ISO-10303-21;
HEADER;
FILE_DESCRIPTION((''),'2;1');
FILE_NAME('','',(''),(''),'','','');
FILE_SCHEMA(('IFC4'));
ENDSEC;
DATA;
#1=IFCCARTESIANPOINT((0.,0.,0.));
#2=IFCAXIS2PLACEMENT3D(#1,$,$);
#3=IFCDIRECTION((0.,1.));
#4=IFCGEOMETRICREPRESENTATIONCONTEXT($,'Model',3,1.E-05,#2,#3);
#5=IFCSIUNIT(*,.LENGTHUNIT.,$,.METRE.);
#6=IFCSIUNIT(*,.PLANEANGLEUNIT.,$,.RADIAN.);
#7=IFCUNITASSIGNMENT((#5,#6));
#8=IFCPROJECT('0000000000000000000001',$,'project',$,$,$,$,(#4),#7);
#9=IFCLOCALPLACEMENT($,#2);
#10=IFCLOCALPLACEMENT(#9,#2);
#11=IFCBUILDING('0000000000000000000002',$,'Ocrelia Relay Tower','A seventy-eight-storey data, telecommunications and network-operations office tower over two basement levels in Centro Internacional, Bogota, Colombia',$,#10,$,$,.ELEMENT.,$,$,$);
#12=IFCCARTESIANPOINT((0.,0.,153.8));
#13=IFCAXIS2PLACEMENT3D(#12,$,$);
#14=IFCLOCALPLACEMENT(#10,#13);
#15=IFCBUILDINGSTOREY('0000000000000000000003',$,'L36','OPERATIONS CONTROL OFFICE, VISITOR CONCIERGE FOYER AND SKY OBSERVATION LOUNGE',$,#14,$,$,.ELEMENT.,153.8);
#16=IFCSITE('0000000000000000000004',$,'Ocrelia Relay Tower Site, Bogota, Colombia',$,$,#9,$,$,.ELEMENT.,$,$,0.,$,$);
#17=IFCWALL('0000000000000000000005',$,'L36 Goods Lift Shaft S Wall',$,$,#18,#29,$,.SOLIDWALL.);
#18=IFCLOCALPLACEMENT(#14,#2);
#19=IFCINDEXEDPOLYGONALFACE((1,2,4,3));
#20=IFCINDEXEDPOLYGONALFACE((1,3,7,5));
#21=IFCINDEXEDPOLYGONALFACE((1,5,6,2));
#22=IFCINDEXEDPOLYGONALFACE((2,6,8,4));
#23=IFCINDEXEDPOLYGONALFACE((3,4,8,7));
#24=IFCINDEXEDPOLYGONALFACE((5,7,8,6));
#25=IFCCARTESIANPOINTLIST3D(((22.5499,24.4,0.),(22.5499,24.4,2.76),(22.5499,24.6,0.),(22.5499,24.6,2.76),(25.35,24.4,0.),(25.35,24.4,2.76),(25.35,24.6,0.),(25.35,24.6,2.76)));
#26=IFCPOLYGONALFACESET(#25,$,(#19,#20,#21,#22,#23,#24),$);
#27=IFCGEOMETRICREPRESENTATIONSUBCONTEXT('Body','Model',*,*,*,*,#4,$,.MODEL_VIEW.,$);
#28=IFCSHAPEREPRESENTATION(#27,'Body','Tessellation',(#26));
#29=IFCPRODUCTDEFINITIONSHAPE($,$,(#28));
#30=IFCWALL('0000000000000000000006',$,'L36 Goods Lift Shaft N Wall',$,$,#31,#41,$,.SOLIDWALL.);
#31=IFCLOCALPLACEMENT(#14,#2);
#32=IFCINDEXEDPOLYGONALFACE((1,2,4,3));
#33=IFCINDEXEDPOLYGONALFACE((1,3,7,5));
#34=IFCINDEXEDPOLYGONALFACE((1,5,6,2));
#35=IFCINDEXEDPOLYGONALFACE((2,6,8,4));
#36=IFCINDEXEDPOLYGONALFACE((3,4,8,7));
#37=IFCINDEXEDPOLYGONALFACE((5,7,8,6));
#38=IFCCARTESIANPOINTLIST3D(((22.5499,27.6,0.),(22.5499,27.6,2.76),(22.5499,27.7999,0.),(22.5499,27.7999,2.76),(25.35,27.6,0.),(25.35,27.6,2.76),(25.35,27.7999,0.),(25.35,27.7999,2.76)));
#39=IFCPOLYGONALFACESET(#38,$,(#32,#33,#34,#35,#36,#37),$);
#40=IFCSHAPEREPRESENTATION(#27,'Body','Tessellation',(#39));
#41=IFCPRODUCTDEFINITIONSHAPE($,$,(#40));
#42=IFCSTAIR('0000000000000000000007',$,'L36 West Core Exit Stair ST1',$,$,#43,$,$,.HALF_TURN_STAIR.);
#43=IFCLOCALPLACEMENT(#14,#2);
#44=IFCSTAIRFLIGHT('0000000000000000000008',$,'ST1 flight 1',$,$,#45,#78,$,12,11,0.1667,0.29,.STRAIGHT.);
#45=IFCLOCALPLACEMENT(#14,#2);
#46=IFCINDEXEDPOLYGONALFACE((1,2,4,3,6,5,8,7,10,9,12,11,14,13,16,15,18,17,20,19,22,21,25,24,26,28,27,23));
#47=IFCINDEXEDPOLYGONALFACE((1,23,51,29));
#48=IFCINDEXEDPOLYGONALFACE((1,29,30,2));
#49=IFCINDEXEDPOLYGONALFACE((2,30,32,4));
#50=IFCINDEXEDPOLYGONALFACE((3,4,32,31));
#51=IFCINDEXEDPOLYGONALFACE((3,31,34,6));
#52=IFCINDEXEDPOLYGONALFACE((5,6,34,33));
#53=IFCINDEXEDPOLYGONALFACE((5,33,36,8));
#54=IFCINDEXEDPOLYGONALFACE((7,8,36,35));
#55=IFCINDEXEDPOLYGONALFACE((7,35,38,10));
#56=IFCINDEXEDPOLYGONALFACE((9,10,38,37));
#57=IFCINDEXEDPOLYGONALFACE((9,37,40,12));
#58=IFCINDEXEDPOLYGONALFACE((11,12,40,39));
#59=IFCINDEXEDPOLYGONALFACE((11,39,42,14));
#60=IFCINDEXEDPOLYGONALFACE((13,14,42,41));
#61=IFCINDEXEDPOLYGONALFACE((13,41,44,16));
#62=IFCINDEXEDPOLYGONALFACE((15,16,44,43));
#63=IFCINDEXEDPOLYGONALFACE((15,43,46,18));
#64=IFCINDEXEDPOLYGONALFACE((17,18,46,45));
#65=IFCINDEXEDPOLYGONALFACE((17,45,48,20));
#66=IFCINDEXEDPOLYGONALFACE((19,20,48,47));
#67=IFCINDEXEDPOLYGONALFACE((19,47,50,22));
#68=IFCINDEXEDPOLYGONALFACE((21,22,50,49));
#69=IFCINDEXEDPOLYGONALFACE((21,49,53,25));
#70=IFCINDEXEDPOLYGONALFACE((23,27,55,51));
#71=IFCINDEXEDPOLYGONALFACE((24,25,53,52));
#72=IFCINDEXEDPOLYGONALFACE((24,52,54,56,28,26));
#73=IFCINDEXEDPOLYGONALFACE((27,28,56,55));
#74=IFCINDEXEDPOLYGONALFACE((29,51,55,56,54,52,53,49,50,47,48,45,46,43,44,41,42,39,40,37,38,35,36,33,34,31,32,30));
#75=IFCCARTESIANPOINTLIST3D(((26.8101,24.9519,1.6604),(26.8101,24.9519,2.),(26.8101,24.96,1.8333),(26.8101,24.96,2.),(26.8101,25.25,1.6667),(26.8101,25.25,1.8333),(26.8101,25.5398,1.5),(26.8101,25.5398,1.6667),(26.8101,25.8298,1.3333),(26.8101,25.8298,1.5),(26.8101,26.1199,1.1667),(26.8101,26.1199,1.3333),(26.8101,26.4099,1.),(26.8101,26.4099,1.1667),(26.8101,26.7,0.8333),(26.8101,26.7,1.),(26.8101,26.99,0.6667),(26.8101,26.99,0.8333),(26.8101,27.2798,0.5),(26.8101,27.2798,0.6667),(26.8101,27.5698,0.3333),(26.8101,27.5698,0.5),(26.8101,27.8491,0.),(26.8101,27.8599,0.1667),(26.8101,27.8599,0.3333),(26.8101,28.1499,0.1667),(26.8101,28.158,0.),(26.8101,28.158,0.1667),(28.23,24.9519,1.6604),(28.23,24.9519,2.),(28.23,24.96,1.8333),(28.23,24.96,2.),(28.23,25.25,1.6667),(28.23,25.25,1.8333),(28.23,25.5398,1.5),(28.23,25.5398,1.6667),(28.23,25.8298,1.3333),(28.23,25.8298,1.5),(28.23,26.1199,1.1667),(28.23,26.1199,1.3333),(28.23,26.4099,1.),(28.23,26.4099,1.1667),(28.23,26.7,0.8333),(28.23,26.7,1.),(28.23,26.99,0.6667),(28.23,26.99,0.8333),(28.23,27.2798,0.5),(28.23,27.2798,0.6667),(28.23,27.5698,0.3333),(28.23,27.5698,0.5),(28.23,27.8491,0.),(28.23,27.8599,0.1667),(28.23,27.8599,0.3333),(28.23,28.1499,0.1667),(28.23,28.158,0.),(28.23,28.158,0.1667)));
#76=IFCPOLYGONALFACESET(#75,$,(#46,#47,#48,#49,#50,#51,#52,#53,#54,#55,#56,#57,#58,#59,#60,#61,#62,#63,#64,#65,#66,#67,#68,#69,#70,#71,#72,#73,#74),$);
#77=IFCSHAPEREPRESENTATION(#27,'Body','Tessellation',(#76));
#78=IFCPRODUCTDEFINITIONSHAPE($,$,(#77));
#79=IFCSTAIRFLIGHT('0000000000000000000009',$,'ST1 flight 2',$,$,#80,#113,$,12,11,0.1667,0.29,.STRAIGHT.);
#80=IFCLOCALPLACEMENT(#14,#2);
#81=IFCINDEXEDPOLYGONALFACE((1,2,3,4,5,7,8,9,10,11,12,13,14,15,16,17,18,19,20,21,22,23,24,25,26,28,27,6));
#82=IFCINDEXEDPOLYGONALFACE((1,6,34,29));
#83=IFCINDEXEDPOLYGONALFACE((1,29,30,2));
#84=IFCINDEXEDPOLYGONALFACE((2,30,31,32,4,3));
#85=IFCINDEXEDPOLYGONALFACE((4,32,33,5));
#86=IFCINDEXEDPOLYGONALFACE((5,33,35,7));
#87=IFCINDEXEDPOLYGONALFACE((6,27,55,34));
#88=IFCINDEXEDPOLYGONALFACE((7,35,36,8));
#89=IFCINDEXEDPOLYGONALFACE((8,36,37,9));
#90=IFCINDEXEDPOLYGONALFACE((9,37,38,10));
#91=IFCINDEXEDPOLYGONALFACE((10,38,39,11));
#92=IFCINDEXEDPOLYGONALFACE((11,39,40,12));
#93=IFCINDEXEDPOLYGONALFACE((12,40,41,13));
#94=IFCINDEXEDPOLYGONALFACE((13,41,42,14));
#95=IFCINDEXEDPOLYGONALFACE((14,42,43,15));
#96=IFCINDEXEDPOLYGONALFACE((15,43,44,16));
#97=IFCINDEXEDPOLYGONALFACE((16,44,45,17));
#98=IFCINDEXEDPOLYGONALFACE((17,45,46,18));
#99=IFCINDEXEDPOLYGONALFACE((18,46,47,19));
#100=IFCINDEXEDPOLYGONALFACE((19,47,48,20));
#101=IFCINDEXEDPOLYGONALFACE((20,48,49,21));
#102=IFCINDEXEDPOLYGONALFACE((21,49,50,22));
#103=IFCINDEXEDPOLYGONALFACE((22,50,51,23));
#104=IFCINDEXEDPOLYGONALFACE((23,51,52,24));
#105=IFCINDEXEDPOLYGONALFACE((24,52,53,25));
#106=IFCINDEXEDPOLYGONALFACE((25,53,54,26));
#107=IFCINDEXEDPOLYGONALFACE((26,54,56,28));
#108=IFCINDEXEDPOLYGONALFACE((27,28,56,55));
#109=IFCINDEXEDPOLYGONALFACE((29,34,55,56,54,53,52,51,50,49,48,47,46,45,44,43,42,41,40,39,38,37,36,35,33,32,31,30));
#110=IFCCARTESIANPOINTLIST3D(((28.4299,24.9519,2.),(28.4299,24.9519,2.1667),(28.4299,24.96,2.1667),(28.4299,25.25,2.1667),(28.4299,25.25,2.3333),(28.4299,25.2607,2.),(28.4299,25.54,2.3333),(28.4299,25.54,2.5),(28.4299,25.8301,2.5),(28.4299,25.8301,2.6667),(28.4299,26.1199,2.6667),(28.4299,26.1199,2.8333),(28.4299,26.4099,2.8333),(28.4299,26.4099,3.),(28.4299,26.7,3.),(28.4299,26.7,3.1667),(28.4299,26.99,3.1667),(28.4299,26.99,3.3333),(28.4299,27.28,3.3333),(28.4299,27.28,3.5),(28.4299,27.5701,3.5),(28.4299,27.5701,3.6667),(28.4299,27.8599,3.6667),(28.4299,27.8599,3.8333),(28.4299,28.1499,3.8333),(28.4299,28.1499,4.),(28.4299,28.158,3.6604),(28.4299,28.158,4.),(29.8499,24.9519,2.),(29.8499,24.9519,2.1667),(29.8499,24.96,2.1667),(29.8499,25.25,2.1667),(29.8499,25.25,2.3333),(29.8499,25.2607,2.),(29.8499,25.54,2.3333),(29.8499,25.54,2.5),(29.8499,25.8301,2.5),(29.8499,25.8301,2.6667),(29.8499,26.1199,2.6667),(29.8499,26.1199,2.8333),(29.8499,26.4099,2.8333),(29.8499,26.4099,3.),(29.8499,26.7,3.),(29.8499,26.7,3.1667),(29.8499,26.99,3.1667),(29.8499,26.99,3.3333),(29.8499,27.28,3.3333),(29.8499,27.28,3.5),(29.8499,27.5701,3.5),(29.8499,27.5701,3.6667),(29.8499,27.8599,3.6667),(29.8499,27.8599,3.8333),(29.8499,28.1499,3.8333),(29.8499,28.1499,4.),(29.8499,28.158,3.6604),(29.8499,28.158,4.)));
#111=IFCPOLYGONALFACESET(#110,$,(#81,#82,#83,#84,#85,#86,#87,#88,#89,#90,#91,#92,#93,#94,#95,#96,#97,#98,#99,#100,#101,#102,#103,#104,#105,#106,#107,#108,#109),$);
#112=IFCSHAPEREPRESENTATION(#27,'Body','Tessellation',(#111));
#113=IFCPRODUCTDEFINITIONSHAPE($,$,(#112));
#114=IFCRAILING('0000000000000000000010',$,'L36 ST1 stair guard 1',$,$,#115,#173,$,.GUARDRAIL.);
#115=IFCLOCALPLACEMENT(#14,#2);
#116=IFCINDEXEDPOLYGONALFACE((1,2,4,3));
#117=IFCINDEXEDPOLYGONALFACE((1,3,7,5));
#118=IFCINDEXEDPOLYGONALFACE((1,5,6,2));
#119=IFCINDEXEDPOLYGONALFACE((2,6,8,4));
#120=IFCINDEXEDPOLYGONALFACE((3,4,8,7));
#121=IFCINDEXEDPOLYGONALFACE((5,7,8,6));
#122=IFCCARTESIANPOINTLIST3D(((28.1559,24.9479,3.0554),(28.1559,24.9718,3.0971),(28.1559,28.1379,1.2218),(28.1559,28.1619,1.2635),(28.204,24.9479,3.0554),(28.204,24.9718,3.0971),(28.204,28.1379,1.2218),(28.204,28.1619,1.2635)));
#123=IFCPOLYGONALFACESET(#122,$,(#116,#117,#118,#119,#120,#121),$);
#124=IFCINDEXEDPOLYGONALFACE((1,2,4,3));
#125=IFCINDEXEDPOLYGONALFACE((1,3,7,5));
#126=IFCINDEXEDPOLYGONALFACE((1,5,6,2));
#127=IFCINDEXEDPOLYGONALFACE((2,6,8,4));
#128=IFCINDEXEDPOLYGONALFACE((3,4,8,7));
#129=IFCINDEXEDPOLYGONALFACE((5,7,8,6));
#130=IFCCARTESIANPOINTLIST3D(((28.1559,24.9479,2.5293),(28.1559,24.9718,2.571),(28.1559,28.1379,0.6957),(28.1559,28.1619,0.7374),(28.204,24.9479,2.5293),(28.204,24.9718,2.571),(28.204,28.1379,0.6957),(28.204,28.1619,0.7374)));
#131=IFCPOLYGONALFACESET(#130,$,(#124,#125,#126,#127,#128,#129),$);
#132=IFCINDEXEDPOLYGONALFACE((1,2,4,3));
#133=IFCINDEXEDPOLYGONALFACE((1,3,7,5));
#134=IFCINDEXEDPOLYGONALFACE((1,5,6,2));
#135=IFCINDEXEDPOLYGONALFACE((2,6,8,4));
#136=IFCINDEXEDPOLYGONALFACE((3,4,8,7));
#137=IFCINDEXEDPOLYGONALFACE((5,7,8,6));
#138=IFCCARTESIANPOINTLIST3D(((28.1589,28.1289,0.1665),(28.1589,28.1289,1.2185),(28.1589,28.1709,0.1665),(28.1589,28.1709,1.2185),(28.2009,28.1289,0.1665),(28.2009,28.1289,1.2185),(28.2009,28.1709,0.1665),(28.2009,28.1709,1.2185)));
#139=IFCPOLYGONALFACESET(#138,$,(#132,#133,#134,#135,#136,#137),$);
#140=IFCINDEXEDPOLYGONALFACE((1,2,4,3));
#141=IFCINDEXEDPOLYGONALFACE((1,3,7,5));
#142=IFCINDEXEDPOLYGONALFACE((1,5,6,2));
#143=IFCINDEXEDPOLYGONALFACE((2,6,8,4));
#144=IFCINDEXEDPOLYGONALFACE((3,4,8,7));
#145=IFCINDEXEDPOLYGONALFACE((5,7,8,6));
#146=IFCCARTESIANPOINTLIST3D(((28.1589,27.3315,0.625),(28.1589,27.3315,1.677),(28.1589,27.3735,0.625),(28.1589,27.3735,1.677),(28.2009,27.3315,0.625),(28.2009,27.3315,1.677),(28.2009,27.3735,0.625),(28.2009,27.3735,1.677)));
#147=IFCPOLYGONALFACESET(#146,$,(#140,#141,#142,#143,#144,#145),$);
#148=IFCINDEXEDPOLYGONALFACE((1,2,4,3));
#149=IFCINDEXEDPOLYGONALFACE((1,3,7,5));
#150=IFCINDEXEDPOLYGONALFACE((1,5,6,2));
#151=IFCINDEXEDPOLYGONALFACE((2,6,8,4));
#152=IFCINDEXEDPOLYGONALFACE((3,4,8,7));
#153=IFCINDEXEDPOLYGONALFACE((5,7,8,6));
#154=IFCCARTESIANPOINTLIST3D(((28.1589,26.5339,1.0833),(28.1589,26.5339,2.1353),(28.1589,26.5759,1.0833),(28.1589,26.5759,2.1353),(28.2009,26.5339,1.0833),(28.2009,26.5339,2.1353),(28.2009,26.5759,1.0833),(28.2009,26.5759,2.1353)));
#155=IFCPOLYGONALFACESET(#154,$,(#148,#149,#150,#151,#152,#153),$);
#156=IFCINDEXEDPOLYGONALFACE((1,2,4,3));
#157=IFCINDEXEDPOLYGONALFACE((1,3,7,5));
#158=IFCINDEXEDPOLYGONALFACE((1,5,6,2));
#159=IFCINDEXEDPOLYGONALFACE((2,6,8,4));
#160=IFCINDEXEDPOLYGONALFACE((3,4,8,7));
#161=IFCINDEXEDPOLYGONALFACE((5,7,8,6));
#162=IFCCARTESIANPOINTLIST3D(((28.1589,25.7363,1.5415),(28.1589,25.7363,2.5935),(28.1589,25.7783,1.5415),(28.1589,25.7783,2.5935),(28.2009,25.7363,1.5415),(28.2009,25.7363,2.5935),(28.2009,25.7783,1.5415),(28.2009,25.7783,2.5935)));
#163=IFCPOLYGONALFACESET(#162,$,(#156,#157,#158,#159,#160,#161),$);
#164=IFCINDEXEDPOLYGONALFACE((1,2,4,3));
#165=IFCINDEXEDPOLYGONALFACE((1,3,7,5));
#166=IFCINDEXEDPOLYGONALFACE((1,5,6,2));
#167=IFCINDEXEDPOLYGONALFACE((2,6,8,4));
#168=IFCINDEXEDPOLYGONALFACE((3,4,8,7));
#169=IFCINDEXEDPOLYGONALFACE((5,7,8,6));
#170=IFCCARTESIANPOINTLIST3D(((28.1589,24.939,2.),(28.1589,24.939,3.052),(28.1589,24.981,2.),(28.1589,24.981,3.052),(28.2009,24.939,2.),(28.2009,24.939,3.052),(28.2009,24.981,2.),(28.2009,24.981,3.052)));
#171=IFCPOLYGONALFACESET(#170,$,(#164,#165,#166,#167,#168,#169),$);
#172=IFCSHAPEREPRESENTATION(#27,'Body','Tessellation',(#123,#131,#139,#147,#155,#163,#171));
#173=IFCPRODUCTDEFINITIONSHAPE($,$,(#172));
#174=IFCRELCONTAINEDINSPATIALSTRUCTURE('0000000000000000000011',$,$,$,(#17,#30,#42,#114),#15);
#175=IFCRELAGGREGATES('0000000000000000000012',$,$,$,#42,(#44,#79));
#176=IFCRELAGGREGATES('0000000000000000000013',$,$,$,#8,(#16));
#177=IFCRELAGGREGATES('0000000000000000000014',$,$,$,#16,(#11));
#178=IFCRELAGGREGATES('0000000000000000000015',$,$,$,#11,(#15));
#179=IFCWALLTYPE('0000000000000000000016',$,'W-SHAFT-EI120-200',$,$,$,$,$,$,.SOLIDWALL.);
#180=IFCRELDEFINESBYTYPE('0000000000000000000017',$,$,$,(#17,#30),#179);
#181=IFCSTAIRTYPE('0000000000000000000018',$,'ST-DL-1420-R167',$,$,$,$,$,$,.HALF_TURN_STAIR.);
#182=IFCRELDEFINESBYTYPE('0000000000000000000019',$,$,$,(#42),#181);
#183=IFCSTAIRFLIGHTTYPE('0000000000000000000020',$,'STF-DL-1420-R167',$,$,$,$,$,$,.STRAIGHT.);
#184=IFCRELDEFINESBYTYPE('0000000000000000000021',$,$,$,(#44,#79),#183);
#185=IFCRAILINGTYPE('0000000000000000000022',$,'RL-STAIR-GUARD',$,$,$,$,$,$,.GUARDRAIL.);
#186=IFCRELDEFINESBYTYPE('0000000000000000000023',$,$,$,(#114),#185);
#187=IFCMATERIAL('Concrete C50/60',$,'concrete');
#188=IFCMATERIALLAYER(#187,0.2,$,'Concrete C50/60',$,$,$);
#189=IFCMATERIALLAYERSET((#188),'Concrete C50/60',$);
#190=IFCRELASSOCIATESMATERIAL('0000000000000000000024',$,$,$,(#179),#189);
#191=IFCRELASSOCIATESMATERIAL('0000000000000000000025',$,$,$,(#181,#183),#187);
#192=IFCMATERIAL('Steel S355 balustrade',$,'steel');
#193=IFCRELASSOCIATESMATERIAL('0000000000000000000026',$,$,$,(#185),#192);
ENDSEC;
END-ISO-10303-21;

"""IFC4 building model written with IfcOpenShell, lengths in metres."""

from ifc_helpers import new_model, si_unit, direction, frame, frame_2d, origin, origin_2d, place, context, subcontext, project, spatial, polyline, rectangle, outline, extrude, material, layer, layer_set, type_object, element, aggregate, save


model = new_model("IFC4")

# Units and contexts
model_context = context("Model", 3, precision=1e-05, world=origin(), true_north=direction((0.0, 1.0)))
body_context = subcontext(model_context, "Body", "Model", "MODEL_VIEW")
ifc_project = project(units=[si_unit("LENGTHUNIT", "METRE"), si_unit("PLANEANGLEUNIT", "RADIAN")], contexts=[model_context])

# Site, building, storey
site_placement = place(None, origin())
site = spatial("IfcSite", under=ifc_project, at=site_placement, Name="Ocrelia Relay Tower Site, Bogota, Colombia", CompositionType="ELEMENT", RefElevation=0.0)
building_placement = place(site_placement, origin())
building = spatial("IfcBuilding", under=site, at=building_placement, Name="Ocrelia Relay Tower", Description="A seventy-eight-storey data, telecommunications and network-operations office tower over two basement levels in Centro Internacional, Bogota, Colombia", CompositionType="ELEMENT")
storey_placement = place(building_placement, frame((0.0, 0.0, 153.8)))
storey = spatial("IfcBuildingStorey", under=building, at=storey_placement, Name="L36", Description="OPERATIONS CONTROL OFFICE, VISITOR CONCIERGE FOYER AND SKY OBSERVATION LOUNGE", CompositionType="ELEMENT", Elevation=153.8)

# Shared definitions
ifc_material_1 = material(Name="Concrete C50/60", Category="concrete")

# Shared definitions
ifc_layer_1 = layer(ifc_material_1, 0.2, Name="Concrete C50/60")
ifc_layer_set_1 = layer_set([ifc_layer_1], Name="Concrete C50/60")
wall_type_1 = type_object("IfcWallType", Name="W-SHAFT-EI120-200", PredefinedType="SOLIDWALL", material=ifc_layer_set_1)

# Walls
for number, where, z_axis, x_axis, name in (
    (1, (22.55, 24.5, 0.0), (0.0, 0.0, 1.0), (1.0, 0.0, 0.0), "L36 Goods Lift Shaft S Wall"),
    (2, (22.55, 27.7, 0.0), (0.0, 0.0, 1.0), (1.0, 0.0, 0.0), "L36 Goods Lift Shaft N Wall"),
):
    element("IfcWall", number, at=place(storey_placement, frame(where, z_axis=z_axis, x_axis=x_axis)), inside=storey, type_object=wall_type_1, Name=name, PredefinedType="SOLIDWALL", context=body_context, shape_type="SweptSolid", body=[
        extrude(rectangle(XDim=2.8, YDim=0.2, at=frame_2d((1.3999, 0.0))), origin(), (0.0, 0.0, 1.0), 2.76),
    ])

# Stair, stair flights
stair_type = type_object("IfcStairType", Name="ST-DL-1420-R167", PredefinedType="HALF_TURN_STAIR", material=ifc_material_1)
stair_placement = place(storey_placement, origin())
stair = element("IfcStair", 3, at=stair_placement, inside=storey, type_object=stair_type, Name="L36 West Core Exit Stair ST1", PredefinedType="HALF_TURN_STAIR")
stair_flight_type = type_object("IfcStairFlightType", Name="STF-DL-1420-R167", PredefinedType="STRAIGHT", material=ifc_material_1)
stair_flight_1_placement = place(storey_placement, frame((27.52, 28.1499, 0.0), z_axis=(0.0, 0.0, 1.0), x_axis=(0.0, -1.0, 0.0)))
stair_flight_1 = element("IfcStairFlight", 4, at=stair_flight_1_placement, type_object=stair_flight_type, Name="ST1 flight 1", NumberOfRisers=12, NumberOfTreads=11, PredefinedType="STRAIGHT", RiserHeight=0.1667, TreadLength=0.29, context=body_context, shape_type="SweptSolid", body=[
    extrude(outline(polyline([(-0.0081, 0.0), (-0.0081, 0.1667), (0.0, 0.1667), (0.29, 0.1667), (0.29, 0.3333), (0.5801, 0.3333), (0.5801, 0.5), (0.8701, 0.5), (0.8701, 0.6667), (1.1599, 0.6667), (1.1599, 0.8333), (1.45, 0.8333), (1.45, 1.0), (1.74, 1.0), (1.74, 1.1667), (2.03, 1.1667), (2.03, 1.3333), (2.3201, 1.3333), (2.3201, 1.5), (2.6101, 1.5), (2.6101, 1.6667), (2.8999, 1.6667), (2.8999, 1.8333), (3.1899, 1.8333), (3.1899, 2.0), (3.198, 2.0), (3.198, 1.6604), (0.3008, 0.0), (-0.0081, 0.0)])), frame((0.0, 0.71, 0.0), z_axis=(0.0, -1.0, 0.0), x_axis=(1.0, 0.0, 0.0)), (0.0, 0.0, 1.0), 1.4199),
])
stair_flight_2_placement = place(storey_placement, frame((29.1399, 24.96, 2.0), z_axis=(0.0, 0.0, 1.0), x_axis=(0.0, 1.0, 0.0)))
stair_flight_2 = element("IfcStairFlight", 5, at=stair_flight_2_placement, type_object=stair_flight_type, Name="ST1 flight 2", NumberOfRisers=12, NumberOfTreads=11, PredefinedType="STRAIGHT", RiserHeight=0.1667, TreadLength=0.29, context=body_context, shape_type="SweptSolid", body=[
    extrude(outline(polyline([(-0.0081, 0.0), (-0.0081, 0.1667), (0.0, 0.1667), (0.29, 0.1667), (0.29, 0.3333), (0.5801, 0.3333), (0.5801, 0.5), (0.8701, 0.5), (0.8701, 0.6667), (1.1599, 0.6667), (1.1599, 0.8333), (1.45, 0.8333), (1.45, 1.0), (1.74, 1.0), (1.74, 1.1667), (2.03, 1.1667), (2.03, 1.3333), (2.3201, 1.3333), (2.3201, 1.5), (2.6101, 1.5), (2.6101, 1.6667), (2.8999, 1.6667), (2.8999, 1.8333), (3.1899, 1.8333), (3.1899, 2.0), (3.198, 2.0), (3.198, 1.6604), (0.3008, 0.0), (-0.0081, 0.0)])), frame((0.0, 0.71, 0.0), z_axis=(0.0, -1.0, 0.0), x_axis=(1.0, 0.0, 0.0)), (0.0, 0.0, 1.0), 1.4199),
])
aggregate(stair, [stair_flight_1, stair_flight_2])

# Railing
ifc_material_2 = material(Name="Steel S355 balustrade", Category="steel")
railing_type_1 = type_object("IfcRailingType", Name="RL-STAIR-GUARD", PredefinedType="GUARDRAIL", material=ifc_material_2)
railing_1_placement = place(storey_placement, frame((28.1799, 28.1499, 0.1665)))
element("IfcRailing", 6, at=railing_1_placement, inside=storey, type_object=railing_type_1, Name="L36 ST1 stair guard 1", PredefinedType="GUARDRAIL", context=body_context, shape_type="SweptSolid", body=[
    extrude(rectangle(XDim=0.0481, YDim=0.0481, at=origin_2d()), frame((0.0, 0.0, 1.0762), z_axis=(0.0, -0.866991, 0.498324), x_axis=(1.0, 0.0, 0.0)), (0.0, 0.0, 1.0), 3.6794),
    extrude(rectangle(XDim=0.0481, YDim=0.0481, at=origin_2d()), frame((0.0, 0.0, 0.55), z_axis=(0.0, -0.866991, 0.498324), x_axis=(1.0, 0.0, 0.0)), (0.0, 0.0, 1.0), 3.6794),
    extrude(rectangle(XDim=0.042, YDim=0.042, at=origin_2d()), origin(), (0.0, 0.0, 1.0), 1.052),
    extrude(rectangle(XDim=0.042, YDim=0.042, at=origin_2d()), frame((0.0, -0.7974, 0.4585)), (0.0, 0.0, 1.0), 1.052),
    extrude(rectangle(XDim=0.042, YDim=0.042, at=origin_2d()), frame((0.0, -1.595, 0.9167)), (0.0, 0.0, 1.0), 1.052),
    extrude(rectangle(XDim=0.042, YDim=0.042, at=origin_2d()), frame((0.0, -2.3926, 1.375)), (0.0, 0.0, 1.0), 1.052),
    extrude(rectangle(XDim=0.042, YDim=0.042, at=origin_2d()), frame((0.0, -3.1899, 1.8335)), (0.0, 0.0, 1.0), 1.052),
])

save(model, "model.ifc")
